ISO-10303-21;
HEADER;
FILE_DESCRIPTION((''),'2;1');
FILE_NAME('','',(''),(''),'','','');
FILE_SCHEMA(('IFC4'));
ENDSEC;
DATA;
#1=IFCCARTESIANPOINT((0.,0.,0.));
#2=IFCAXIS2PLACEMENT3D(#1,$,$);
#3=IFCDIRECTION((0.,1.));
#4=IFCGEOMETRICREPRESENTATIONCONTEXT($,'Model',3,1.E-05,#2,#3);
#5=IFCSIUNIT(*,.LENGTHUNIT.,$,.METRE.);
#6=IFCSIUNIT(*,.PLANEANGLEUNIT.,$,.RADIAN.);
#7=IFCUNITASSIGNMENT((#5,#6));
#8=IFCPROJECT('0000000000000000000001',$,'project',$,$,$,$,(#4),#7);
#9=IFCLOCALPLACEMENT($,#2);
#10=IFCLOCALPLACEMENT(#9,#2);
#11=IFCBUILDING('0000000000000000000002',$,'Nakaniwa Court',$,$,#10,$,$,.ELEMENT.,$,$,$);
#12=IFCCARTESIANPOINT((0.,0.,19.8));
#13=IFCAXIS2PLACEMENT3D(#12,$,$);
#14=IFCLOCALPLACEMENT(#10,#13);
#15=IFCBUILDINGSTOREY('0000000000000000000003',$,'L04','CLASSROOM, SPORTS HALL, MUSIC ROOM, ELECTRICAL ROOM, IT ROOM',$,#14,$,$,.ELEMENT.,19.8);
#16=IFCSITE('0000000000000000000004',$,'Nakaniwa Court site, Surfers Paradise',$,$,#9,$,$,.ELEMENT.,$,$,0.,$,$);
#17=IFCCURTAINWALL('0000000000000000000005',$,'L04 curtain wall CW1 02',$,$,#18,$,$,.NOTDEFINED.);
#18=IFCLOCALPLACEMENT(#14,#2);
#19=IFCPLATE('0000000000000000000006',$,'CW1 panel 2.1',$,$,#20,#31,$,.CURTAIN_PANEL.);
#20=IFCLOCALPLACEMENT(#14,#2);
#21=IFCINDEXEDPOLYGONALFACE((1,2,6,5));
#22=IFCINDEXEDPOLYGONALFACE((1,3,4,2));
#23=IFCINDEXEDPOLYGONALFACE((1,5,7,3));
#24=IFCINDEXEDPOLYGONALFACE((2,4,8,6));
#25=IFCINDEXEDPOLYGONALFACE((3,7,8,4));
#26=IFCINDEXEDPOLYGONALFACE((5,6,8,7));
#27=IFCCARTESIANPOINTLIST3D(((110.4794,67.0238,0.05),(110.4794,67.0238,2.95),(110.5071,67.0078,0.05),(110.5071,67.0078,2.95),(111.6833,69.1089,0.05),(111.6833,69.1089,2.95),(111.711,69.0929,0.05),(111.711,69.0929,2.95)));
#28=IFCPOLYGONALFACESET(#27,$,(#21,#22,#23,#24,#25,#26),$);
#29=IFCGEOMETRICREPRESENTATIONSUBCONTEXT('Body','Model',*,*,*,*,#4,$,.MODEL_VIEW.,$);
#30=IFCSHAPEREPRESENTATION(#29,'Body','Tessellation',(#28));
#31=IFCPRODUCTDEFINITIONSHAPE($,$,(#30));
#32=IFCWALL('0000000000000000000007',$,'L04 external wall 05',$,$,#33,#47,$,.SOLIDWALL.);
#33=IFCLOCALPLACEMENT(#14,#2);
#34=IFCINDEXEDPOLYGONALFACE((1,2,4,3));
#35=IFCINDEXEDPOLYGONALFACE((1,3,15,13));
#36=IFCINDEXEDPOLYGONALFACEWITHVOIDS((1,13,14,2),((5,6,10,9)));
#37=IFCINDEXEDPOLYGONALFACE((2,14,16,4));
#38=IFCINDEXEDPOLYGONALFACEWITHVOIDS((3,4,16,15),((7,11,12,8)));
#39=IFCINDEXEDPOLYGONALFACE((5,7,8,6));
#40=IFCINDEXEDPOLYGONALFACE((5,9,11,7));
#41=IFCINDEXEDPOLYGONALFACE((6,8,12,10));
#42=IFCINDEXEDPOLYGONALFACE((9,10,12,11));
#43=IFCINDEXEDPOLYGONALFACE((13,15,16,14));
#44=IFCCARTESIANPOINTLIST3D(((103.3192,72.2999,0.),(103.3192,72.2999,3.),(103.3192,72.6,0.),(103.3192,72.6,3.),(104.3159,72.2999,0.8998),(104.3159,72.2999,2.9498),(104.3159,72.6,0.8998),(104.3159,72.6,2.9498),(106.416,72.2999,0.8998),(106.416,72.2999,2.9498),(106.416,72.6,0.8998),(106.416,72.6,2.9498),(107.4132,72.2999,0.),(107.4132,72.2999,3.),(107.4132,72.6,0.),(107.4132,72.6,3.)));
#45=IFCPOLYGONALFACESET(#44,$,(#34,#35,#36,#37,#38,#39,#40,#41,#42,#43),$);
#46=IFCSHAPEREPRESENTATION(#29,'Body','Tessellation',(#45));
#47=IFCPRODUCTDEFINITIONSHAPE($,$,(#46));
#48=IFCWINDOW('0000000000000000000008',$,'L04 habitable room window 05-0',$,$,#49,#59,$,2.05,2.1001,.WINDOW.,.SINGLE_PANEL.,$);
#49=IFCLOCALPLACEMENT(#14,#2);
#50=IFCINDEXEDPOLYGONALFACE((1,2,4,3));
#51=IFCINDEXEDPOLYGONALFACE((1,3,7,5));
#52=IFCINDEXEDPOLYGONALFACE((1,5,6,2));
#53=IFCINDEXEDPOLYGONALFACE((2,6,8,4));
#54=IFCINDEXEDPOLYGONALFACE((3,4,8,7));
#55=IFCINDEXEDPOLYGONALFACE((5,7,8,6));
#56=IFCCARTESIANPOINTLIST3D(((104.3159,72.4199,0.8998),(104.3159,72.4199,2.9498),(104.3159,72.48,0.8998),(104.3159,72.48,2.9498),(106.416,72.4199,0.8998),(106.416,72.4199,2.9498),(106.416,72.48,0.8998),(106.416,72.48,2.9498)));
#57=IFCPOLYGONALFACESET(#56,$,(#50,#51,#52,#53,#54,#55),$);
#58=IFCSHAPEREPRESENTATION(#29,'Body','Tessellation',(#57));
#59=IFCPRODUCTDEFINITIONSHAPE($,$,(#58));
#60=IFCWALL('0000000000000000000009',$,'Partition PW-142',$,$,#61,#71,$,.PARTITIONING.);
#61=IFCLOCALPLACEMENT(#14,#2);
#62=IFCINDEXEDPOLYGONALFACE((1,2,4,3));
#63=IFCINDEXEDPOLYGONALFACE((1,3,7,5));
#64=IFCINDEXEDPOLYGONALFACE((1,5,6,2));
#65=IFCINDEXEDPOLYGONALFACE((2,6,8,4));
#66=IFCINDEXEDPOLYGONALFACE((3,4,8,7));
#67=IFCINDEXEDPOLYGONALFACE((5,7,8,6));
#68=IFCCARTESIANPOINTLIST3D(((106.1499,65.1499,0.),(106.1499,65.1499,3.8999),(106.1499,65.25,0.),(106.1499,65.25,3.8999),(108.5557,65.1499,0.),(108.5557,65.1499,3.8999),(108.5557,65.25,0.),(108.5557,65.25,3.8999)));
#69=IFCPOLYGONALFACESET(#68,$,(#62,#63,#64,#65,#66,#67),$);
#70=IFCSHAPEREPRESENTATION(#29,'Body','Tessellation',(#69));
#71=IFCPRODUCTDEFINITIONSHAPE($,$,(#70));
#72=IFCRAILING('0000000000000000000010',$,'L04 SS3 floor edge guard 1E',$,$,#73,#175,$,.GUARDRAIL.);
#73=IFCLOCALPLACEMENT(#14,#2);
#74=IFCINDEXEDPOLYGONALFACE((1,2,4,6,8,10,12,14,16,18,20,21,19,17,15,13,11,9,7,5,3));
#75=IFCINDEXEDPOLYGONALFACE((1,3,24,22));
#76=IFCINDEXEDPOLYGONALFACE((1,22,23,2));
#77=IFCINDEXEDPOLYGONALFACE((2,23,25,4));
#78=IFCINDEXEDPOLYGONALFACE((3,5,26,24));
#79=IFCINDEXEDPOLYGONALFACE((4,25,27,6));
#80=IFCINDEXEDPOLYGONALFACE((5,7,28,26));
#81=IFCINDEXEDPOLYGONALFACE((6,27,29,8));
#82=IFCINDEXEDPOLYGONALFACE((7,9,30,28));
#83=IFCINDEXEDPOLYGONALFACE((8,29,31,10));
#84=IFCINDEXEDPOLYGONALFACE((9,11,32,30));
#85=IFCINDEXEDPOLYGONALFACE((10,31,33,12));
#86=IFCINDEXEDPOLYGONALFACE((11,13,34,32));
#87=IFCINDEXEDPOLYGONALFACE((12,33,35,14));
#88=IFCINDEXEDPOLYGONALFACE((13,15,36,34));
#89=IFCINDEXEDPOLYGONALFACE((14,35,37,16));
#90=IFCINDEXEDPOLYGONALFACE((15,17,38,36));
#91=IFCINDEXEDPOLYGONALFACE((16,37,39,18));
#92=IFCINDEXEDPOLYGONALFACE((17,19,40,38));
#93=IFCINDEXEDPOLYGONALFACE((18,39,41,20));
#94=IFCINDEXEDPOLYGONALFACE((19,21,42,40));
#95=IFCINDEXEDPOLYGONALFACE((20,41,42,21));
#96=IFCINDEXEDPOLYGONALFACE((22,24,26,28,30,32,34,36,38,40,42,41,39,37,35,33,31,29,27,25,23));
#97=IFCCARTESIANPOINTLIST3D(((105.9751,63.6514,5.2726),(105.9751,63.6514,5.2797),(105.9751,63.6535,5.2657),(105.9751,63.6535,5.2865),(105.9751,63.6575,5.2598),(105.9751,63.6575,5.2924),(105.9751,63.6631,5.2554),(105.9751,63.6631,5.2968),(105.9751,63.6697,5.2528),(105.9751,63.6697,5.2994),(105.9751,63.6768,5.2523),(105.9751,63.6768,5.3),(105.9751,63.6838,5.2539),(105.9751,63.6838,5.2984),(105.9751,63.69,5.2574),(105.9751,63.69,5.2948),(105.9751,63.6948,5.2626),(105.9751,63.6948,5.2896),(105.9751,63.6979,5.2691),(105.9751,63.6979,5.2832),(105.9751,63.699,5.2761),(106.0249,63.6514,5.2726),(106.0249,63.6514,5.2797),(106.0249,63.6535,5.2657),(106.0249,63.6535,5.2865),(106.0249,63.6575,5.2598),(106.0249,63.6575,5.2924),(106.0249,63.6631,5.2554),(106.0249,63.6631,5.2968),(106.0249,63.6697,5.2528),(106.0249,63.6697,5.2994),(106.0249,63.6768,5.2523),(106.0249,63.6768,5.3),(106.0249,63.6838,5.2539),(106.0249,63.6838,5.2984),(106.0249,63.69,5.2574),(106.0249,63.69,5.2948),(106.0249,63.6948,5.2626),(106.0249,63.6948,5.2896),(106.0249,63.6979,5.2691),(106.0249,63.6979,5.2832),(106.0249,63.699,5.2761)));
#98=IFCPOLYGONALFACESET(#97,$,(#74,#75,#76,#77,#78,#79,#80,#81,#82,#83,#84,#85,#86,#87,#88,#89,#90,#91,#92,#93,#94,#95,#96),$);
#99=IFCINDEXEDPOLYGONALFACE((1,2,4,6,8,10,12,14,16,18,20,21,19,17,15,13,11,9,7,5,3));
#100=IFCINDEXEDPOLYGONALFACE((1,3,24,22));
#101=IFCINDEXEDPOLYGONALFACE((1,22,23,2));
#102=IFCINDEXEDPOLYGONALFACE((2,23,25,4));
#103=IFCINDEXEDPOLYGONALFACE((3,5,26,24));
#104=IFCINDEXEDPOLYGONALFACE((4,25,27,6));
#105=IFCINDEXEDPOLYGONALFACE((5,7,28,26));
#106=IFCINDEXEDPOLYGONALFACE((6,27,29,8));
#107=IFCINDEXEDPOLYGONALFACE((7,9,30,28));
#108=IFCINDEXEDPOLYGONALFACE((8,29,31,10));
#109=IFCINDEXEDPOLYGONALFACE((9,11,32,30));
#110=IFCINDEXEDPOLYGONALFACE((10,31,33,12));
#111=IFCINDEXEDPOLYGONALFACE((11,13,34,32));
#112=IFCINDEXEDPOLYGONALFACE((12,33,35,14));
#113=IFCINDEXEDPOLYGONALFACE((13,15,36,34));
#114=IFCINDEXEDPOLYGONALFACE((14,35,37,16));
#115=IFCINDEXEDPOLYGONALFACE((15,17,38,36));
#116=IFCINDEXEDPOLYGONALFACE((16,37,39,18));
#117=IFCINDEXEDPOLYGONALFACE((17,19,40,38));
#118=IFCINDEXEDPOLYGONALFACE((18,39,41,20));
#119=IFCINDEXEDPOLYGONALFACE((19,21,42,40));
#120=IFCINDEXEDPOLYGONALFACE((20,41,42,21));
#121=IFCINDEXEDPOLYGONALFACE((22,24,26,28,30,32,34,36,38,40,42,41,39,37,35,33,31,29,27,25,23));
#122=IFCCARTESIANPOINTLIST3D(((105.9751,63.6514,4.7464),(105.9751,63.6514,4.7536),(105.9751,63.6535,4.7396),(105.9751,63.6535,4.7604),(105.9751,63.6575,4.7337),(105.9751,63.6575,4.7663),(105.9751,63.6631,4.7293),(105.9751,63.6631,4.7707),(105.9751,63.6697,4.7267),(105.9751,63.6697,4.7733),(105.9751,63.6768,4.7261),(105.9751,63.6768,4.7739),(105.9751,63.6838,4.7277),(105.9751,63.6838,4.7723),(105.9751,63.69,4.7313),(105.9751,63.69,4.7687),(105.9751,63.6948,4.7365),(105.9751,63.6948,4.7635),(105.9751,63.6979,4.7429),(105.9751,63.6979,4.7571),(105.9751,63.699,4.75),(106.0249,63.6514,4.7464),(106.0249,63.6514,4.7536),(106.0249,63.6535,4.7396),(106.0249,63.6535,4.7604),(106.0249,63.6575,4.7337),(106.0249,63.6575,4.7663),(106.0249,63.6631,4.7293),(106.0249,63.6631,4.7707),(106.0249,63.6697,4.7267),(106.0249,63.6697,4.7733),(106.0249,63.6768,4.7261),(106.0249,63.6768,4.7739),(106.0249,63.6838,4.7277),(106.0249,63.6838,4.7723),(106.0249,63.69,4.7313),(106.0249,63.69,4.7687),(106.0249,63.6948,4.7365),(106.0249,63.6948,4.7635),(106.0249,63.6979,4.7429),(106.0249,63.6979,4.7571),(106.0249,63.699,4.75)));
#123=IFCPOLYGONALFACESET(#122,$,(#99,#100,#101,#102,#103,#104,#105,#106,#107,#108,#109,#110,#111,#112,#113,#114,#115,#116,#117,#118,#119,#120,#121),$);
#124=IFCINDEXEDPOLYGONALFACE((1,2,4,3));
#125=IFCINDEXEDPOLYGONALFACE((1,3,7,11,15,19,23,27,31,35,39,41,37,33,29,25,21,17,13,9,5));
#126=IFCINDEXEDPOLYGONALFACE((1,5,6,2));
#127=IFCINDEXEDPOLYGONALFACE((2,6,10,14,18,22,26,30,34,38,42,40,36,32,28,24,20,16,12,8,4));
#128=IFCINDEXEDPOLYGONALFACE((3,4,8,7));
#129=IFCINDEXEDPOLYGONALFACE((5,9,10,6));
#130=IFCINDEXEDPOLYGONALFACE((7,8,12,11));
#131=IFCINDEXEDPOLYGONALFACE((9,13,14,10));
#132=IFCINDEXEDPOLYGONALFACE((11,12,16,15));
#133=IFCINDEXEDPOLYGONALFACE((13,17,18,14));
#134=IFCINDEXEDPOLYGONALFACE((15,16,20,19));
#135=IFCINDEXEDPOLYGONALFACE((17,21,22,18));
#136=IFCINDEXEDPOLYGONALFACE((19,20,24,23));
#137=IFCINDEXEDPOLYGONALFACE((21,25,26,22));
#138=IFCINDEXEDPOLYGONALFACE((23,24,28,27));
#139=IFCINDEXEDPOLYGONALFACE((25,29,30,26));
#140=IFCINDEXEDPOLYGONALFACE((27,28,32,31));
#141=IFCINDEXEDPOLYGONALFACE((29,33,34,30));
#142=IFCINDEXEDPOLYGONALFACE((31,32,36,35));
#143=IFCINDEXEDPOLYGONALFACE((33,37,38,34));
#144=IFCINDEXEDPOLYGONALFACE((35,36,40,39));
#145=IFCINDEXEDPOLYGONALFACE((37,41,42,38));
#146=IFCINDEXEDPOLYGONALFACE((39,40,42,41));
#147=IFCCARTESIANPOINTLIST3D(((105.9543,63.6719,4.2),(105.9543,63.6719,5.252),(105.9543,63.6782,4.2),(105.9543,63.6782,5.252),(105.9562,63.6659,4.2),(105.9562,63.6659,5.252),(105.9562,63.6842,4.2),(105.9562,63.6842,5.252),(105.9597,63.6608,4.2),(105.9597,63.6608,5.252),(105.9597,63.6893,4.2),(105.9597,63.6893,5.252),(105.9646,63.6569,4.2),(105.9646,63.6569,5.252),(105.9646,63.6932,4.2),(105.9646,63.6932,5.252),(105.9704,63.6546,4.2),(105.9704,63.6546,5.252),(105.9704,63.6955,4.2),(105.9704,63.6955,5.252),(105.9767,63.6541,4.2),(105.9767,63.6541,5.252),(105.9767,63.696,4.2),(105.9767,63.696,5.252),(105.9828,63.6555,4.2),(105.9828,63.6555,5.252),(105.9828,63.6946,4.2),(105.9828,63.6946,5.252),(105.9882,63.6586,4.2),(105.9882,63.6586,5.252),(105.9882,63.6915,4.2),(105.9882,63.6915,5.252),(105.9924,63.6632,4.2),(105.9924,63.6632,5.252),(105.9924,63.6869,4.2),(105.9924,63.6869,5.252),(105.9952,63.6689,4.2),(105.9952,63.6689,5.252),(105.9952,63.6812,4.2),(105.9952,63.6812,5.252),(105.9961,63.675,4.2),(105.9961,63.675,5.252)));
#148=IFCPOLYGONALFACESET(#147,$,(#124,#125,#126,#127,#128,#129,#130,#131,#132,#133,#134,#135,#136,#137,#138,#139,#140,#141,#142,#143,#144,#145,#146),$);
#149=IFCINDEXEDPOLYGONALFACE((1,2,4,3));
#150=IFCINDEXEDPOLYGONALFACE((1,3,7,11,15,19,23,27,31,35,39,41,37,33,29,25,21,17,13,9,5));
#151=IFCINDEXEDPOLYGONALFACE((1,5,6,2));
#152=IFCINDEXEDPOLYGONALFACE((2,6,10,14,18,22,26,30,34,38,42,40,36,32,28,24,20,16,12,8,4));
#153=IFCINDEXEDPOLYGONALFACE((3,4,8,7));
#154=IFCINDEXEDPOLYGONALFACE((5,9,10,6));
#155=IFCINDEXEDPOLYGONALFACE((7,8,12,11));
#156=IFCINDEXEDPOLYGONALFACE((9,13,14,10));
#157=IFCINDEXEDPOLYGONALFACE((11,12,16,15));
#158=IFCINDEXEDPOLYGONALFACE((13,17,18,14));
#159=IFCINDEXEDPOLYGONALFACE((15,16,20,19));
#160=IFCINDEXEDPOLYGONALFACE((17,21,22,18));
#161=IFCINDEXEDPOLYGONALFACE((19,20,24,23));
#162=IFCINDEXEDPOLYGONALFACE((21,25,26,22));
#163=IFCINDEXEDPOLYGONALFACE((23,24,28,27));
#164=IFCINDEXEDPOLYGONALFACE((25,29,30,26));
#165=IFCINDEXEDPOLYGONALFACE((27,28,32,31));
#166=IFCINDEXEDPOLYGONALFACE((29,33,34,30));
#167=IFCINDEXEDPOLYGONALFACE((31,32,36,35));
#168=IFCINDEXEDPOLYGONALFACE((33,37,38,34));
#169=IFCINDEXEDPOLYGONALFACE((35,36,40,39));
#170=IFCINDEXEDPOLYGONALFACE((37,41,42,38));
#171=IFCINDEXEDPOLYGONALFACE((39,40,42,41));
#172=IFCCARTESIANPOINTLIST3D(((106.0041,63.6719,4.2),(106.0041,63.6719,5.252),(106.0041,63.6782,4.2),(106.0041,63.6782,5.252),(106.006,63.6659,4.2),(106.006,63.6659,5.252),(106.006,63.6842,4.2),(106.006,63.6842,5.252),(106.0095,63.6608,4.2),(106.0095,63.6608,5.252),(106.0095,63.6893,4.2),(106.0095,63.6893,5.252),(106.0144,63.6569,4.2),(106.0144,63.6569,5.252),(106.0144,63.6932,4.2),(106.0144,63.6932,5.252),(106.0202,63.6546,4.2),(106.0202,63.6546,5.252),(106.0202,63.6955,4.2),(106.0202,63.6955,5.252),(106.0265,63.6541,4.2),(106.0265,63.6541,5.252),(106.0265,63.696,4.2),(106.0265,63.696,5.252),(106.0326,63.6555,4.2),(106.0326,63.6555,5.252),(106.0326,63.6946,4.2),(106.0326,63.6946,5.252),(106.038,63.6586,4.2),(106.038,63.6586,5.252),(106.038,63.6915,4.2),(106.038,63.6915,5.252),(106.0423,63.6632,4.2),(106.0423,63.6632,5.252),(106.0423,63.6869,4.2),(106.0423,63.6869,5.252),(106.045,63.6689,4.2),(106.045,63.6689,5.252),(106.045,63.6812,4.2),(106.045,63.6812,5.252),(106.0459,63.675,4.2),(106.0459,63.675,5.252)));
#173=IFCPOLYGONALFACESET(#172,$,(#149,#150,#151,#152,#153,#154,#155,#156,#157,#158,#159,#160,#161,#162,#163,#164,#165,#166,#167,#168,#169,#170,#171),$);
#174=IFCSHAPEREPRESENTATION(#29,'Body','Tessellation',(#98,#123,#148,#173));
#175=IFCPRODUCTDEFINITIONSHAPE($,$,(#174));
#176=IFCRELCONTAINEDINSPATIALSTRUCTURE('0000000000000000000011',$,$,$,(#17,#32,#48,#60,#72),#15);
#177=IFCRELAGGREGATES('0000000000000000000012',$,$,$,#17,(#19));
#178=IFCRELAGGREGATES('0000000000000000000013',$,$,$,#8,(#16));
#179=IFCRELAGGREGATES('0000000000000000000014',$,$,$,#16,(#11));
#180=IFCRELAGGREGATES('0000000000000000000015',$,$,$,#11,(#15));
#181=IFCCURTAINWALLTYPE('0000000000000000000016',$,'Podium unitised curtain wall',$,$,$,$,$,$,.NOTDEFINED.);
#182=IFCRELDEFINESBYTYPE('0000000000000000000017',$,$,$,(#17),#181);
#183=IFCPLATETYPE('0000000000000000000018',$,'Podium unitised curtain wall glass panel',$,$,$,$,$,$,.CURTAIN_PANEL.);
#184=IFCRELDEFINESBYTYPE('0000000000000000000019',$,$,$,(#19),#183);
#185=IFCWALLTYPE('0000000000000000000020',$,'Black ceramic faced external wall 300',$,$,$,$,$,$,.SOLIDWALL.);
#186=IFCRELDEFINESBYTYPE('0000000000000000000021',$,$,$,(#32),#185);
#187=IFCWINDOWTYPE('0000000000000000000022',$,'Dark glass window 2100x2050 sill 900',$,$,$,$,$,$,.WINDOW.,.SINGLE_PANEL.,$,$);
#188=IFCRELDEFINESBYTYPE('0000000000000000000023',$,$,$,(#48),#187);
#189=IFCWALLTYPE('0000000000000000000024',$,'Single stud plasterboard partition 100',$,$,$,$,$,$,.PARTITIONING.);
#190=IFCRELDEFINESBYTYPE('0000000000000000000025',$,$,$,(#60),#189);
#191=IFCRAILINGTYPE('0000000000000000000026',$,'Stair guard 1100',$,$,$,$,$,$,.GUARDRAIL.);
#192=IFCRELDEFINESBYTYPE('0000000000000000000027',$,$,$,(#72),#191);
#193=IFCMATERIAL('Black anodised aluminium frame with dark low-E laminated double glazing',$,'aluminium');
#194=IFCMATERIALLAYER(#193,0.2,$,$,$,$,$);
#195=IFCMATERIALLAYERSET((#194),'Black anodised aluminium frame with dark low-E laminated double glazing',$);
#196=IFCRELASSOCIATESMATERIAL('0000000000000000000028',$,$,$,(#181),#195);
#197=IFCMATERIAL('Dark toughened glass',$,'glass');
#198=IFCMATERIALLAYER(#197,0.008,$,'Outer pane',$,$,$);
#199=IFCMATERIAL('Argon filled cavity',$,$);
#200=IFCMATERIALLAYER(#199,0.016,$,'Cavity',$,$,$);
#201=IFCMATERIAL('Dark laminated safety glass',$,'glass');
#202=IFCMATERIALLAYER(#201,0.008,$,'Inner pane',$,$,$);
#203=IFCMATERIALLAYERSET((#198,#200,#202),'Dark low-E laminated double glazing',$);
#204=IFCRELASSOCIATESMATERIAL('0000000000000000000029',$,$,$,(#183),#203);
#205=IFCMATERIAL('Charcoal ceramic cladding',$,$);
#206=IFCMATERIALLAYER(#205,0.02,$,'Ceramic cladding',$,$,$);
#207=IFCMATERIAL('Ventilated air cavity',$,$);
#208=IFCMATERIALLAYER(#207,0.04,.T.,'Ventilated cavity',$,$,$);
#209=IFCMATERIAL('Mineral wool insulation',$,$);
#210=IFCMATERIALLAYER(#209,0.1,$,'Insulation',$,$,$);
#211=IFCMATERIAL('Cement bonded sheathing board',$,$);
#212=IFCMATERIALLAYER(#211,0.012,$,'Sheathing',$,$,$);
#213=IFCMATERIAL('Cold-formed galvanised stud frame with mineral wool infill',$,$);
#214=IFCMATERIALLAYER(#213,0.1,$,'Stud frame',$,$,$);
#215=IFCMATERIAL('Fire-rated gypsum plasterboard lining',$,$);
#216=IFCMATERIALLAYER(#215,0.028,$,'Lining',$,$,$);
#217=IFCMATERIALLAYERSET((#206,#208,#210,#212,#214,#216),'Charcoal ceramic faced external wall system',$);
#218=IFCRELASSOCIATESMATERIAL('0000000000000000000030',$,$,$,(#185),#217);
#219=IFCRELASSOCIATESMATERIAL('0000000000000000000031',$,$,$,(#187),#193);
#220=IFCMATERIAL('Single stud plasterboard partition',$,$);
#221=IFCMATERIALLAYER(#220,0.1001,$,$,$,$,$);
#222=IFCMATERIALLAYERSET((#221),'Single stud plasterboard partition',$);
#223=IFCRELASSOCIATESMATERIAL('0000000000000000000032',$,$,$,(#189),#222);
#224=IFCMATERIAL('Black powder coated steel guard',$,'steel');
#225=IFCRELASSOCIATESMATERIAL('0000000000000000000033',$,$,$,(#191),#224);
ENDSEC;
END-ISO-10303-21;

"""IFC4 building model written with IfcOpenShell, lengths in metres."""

from ifc_helpers import new_model, si_unit, direction, frame, frame_2d, origin, origin_2d, place, context, subcontext, project, spatial, rectangle, circle, extrude, material, layer, layer_set, type_object, element, fill, aggregate, save


model = new_model("IFC4")

# Units and contexts
model_context = context("Model", 3, precision=1e-05, world=origin(), true_north=direction((0.0, 1.0)))
body_context = subcontext(model_context, "Body", "Model", "MODEL_VIEW")
ifc_project = project(units=[si_unit("LENGTHUNIT", "METRE"), si_unit("PLANEANGLEUNIT", "RADIAN")], contexts=[model_context])

# Site, building, storey
site_placement = place(None, origin())
site = spatial("IfcSite", under=ifc_project, at=site_placement, Name="Nakaniwa Court site, Surfers Paradise", CompositionType="ELEMENT", RefElevation=0.0)
building_placement = place(site_placement, origin())
building = spatial("IfcBuilding", under=site, at=building_placement, Name="Nakaniwa Court", CompositionType="ELEMENT")
storey_placement = place(building_placement, frame((0.0, 0.0, 19.8)))
storey = spatial("IfcBuildingStorey", under=building, at=storey_placement, Name="L04", Description="CLASSROOM, SPORTS HALL, MUSIC ROOM, ELECTRICAL ROOM, IT ROOM", CompositionType="ELEMENT", Elevation=19.8)

# Shared definitions
ifc_material_1 = material(Name="Black anodised aluminium frame with dark low-E laminated double glazing", Category="aluminium")
ifc_layer_1 = layer(ifc_material_1, 0.2)
ifc_layer_set_1 = layer_set([ifc_layer_1], Name="Black anodised aluminium frame with dark low-E laminated double glazing")
curtain_wall_type = type_object("IfcCurtainWallType", Name="Podium unitised curtain wall", PredefinedType="NOTDEFINED", material=ifc_layer_set_1)

# Curtain wall, plate
curtain_wall_1_placement = place(storey_placement, origin())
curtain_wall_1 = element("IfcCurtainWall", 1, at=curtain_wall_1_placement, inside=storey, type_object=curtain_wall_type, Name="L04 curtain wall CW1 02", PredefinedType="NOTDEFINED")
ifc_material_2 = material(Name="Dark toughened glass", Category="glass")
ifc_layer_2 = layer(ifc_material_2, 0.008, Name="Outer pane")
ifc_material_3 = material(Name="Argon filled cavity")
ifc_layer_3 = layer(ifc_material_3, 0.016, Name="Cavity")
ifc_material_4 = material(Name="Dark laminated safety glass", Category="glass")
ifc_layer_4 = layer(ifc_material_4, 0.008, Name="Inner pane")
ifc_layer_set_2 = layer_set([ifc_layer_2, ifc_layer_3, ifc_layer_4], Name="Dark low-E laminated double glazing")
plate_type = type_object("IfcPlateType", Name="Podium unitised curtain wall glass panel", PredefinedType="CURTAIN_PANEL", material=ifc_layer_set_2)
plate_1_placement = place(storey_placement, frame((111.0952, 68.0583, 0.05), z_axis=(0.0, 0.0, 1.0), x_axis=(0.500003, 0.866024, 0.0)))
plate_1 = element("IfcPlate", 2, at=plate_1_placement, type_object=plate_type, Name="CW1 panel 2.1", PredefinedType="CURTAIN_PANEL", context=body_context, shape_type="SweptSolid", body=[
    extrude(rectangle(XDim=2.4077, YDim=0.032, at=origin_2d()), origin(), (0.0, 0.0, 1.0), 2.8999),
])
aggregate(curtain_wall_1, [plate_1])

# Wall, opening, window
ifc_material_5 = material(Name="Charcoal ceramic cladding")
ifc_layer_5 = layer(ifc_material_5, 0.02, Name="Ceramic cladding")
ifc_material_6 = material(Name="Ventilated air cavity")
ifc_layer_6 = layer(ifc_material_6, 0.04, ventilated=True, Name="Ventilated cavity")
ifc_material_7 = material(Name="Mineral wool insulation")
ifc_layer_7 = layer(ifc_material_7, 0.1, Name="Insulation")
ifc_material_8 = material(Name="Cement bonded sheathing board")
ifc_layer_8 = layer(ifc_material_8, 0.012, Name="Sheathing")
ifc_material_9 = material(Name="Cold-formed galvanised stud frame with mineral wool infill")
ifc_layer_9 = layer(ifc_material_9, 0.1, Name="Stud frame")
ifc_material_10 = material(Name="Fire-rated gypsum plasterboard lining")
ifc_layer_10 = layer(ifc_material_10, 0.028, Name="Lining")
ifc_layer_set_3 = layer_set([ifc_layer_5, ifc_layer_6, ifc_layer_7, ifc_layer_8, ifc_layer_9, ifc_layer_10], Name="Charcoal ceramic faced external wall system")
wall_type_1 = type_object("IfcWallType", Name="Black ceramic faced external wall 300", PredefinedType="SOLIDWALL", material=ifc_layer_set_3)
wall_1_placement = place(storey_placement, frame((107.4131, 72.45, 0.0), z_axis=(0.0, 0.0, 1.0), x_axis=(-1.0, 0.0, 0.0)))
wall_1 = element("IfcWall", 3, at=wall_1_placement, inside=storey, type_object=wall_type_1, Name="L04 external wall 05", PredefinedType="SOLIDWALL", context=body_context, shape_type="SweptSolid", body=[
    extrude(rectangle(XDim=4.094, YDim=0.3, at=frame_2d((2.0469, 0.0))), origin(), (0.0, 0.0, 1.0), 3.0),
])
opening_placement = place(wall_1_placement, frame((0.9971, 0.0, 0.8999)))
opening = element("IfcOpeningElement", 4, at=opening_placement, cuts=wall_1, PredefinedType="OPENING", context=body_context, shape_type="SweptSolid", body=[
    extrude(rectangle(XDim=2.1001, YDim=2.05, at=frame_2d((1.05, 1.0249))), frame((0.0, 0.1599, 0.0), z_axis=(0.0, -1.0, 0.0), x_axis=(1.0, 0.0, 0.0)), (0.0, 0.0, 1.0), 0.3201),
])
window_type = type_object("IfcWindowType", Name="Dark glass window 2100x2050 sill 900", PartitioningType="SINGLE_PANEL", PredefinedType="WINDOW", material=ifc_material_1)
window_placement = place(opening_placement, origin())
window = element("IfcWindow", 5, at=window_placement, inside=storey, type_object=window_type, Name="L04 habitable room window 05-0", OverallHeight=2.05, OverallWidth=2.1001, PartitioningType="SINGLE_PANEL", PredefinedType="WINDOW", context=body_context, shape_type="SweptSolid", body=[
    extrude(rectangle(XDim=2.1001, YDim=2.05, at=frame_2d((1.05, 1.0249))), frame((0.0, 0.03, 0.0), z_axis=(0.0, -1.0, 0.0), x_axis=(1.0, 0.0, 0.0)), (0.0, 0.0, 1.0), 0.0601),
])
fill(opening, window)

# Wall
ifc_material_11 = material(Name="Single stud plasterboard partition")
ifc_layer_11 = layer(ifc_material_11, 0.1001)
ifc_layer_set_4 = layer_set([ifc_layer_11], Name="Single stud plasterboard partition")
wall_type_2 = type_object("IfcWallType", Name="Single stud plasterboard partition 100", PredefinedType="PARTITIONING", material=ifc_layer_set_4)
wall_2_placement = place(storey_placement, frame((106.1499, 65.2, 0.0), z_axis=(0.0, 0.0, 1.0), x_axis=(1.0, 0.0, 0.0)))
element("IfcWall", 6, at=wall_2_placement, inside=storey, type_object=wall_type_2, Name="Partition PW-142", PredefinedType="PARTITIONING", context=body_context, shape_type="SweptSolid", body=[
    extrude(rectangle(XDim=2.4058, YDim=0.1001, at=frame_2d((1.2029, 0.0))), origin(), (0.0, 0.0, 1.0), 3.8999),
])

# Railing
ifc_material_12 = material(Name="Black powder coated steel guard", Category="steel")
railing_type_1 = type_object("IfcRailingType", Name="Stair guard 1100", PredefinedType="GUARDRAIL", material=ifc_material_12)
railing_1_placement = place(storey_placement, frame((105.9751, 63.675, 4.2)))
element("IfcRailing", 7, at=railing_1_placement, inside=storey, type_object=railing_type_1, Name="L04 SS3 floor edge guard 1E", PredefinedType="GUARDRAIL", context=body_context, shape_type="SweptSolid", body=[
    extrude(circle(Radius=0.0239, at=origin_2d()), frame((0.0, 0.0, 1.0762), z_axis=(1.0, 0.0, 0.0), x_axis=(0.0, 1.0, 0.0)), (0.0, 0.0, 1.0), 0.0498),
    extrude(circle(Radius=0.0239, at=origin_2d()), frame((0.0, 0.0, 0.55), z_axis=(1.0, 0.0, 0.0), x_axis=(0.0, 1.0, 0.0)), (0.0, 0.0, 1.0), 0.0498),
    extrude(circle(Radius=0.021, at=origin_2d()), origin(), (0.0, 0.0, 1.0), 1.052),
    extrude(circle(Radius=0.021, at=origin_2d()), frame((0.0498, 0.0, 0.0)), (0.0, 0.0, 1.0), 1.052),
])

save(model, "model.ifc")
